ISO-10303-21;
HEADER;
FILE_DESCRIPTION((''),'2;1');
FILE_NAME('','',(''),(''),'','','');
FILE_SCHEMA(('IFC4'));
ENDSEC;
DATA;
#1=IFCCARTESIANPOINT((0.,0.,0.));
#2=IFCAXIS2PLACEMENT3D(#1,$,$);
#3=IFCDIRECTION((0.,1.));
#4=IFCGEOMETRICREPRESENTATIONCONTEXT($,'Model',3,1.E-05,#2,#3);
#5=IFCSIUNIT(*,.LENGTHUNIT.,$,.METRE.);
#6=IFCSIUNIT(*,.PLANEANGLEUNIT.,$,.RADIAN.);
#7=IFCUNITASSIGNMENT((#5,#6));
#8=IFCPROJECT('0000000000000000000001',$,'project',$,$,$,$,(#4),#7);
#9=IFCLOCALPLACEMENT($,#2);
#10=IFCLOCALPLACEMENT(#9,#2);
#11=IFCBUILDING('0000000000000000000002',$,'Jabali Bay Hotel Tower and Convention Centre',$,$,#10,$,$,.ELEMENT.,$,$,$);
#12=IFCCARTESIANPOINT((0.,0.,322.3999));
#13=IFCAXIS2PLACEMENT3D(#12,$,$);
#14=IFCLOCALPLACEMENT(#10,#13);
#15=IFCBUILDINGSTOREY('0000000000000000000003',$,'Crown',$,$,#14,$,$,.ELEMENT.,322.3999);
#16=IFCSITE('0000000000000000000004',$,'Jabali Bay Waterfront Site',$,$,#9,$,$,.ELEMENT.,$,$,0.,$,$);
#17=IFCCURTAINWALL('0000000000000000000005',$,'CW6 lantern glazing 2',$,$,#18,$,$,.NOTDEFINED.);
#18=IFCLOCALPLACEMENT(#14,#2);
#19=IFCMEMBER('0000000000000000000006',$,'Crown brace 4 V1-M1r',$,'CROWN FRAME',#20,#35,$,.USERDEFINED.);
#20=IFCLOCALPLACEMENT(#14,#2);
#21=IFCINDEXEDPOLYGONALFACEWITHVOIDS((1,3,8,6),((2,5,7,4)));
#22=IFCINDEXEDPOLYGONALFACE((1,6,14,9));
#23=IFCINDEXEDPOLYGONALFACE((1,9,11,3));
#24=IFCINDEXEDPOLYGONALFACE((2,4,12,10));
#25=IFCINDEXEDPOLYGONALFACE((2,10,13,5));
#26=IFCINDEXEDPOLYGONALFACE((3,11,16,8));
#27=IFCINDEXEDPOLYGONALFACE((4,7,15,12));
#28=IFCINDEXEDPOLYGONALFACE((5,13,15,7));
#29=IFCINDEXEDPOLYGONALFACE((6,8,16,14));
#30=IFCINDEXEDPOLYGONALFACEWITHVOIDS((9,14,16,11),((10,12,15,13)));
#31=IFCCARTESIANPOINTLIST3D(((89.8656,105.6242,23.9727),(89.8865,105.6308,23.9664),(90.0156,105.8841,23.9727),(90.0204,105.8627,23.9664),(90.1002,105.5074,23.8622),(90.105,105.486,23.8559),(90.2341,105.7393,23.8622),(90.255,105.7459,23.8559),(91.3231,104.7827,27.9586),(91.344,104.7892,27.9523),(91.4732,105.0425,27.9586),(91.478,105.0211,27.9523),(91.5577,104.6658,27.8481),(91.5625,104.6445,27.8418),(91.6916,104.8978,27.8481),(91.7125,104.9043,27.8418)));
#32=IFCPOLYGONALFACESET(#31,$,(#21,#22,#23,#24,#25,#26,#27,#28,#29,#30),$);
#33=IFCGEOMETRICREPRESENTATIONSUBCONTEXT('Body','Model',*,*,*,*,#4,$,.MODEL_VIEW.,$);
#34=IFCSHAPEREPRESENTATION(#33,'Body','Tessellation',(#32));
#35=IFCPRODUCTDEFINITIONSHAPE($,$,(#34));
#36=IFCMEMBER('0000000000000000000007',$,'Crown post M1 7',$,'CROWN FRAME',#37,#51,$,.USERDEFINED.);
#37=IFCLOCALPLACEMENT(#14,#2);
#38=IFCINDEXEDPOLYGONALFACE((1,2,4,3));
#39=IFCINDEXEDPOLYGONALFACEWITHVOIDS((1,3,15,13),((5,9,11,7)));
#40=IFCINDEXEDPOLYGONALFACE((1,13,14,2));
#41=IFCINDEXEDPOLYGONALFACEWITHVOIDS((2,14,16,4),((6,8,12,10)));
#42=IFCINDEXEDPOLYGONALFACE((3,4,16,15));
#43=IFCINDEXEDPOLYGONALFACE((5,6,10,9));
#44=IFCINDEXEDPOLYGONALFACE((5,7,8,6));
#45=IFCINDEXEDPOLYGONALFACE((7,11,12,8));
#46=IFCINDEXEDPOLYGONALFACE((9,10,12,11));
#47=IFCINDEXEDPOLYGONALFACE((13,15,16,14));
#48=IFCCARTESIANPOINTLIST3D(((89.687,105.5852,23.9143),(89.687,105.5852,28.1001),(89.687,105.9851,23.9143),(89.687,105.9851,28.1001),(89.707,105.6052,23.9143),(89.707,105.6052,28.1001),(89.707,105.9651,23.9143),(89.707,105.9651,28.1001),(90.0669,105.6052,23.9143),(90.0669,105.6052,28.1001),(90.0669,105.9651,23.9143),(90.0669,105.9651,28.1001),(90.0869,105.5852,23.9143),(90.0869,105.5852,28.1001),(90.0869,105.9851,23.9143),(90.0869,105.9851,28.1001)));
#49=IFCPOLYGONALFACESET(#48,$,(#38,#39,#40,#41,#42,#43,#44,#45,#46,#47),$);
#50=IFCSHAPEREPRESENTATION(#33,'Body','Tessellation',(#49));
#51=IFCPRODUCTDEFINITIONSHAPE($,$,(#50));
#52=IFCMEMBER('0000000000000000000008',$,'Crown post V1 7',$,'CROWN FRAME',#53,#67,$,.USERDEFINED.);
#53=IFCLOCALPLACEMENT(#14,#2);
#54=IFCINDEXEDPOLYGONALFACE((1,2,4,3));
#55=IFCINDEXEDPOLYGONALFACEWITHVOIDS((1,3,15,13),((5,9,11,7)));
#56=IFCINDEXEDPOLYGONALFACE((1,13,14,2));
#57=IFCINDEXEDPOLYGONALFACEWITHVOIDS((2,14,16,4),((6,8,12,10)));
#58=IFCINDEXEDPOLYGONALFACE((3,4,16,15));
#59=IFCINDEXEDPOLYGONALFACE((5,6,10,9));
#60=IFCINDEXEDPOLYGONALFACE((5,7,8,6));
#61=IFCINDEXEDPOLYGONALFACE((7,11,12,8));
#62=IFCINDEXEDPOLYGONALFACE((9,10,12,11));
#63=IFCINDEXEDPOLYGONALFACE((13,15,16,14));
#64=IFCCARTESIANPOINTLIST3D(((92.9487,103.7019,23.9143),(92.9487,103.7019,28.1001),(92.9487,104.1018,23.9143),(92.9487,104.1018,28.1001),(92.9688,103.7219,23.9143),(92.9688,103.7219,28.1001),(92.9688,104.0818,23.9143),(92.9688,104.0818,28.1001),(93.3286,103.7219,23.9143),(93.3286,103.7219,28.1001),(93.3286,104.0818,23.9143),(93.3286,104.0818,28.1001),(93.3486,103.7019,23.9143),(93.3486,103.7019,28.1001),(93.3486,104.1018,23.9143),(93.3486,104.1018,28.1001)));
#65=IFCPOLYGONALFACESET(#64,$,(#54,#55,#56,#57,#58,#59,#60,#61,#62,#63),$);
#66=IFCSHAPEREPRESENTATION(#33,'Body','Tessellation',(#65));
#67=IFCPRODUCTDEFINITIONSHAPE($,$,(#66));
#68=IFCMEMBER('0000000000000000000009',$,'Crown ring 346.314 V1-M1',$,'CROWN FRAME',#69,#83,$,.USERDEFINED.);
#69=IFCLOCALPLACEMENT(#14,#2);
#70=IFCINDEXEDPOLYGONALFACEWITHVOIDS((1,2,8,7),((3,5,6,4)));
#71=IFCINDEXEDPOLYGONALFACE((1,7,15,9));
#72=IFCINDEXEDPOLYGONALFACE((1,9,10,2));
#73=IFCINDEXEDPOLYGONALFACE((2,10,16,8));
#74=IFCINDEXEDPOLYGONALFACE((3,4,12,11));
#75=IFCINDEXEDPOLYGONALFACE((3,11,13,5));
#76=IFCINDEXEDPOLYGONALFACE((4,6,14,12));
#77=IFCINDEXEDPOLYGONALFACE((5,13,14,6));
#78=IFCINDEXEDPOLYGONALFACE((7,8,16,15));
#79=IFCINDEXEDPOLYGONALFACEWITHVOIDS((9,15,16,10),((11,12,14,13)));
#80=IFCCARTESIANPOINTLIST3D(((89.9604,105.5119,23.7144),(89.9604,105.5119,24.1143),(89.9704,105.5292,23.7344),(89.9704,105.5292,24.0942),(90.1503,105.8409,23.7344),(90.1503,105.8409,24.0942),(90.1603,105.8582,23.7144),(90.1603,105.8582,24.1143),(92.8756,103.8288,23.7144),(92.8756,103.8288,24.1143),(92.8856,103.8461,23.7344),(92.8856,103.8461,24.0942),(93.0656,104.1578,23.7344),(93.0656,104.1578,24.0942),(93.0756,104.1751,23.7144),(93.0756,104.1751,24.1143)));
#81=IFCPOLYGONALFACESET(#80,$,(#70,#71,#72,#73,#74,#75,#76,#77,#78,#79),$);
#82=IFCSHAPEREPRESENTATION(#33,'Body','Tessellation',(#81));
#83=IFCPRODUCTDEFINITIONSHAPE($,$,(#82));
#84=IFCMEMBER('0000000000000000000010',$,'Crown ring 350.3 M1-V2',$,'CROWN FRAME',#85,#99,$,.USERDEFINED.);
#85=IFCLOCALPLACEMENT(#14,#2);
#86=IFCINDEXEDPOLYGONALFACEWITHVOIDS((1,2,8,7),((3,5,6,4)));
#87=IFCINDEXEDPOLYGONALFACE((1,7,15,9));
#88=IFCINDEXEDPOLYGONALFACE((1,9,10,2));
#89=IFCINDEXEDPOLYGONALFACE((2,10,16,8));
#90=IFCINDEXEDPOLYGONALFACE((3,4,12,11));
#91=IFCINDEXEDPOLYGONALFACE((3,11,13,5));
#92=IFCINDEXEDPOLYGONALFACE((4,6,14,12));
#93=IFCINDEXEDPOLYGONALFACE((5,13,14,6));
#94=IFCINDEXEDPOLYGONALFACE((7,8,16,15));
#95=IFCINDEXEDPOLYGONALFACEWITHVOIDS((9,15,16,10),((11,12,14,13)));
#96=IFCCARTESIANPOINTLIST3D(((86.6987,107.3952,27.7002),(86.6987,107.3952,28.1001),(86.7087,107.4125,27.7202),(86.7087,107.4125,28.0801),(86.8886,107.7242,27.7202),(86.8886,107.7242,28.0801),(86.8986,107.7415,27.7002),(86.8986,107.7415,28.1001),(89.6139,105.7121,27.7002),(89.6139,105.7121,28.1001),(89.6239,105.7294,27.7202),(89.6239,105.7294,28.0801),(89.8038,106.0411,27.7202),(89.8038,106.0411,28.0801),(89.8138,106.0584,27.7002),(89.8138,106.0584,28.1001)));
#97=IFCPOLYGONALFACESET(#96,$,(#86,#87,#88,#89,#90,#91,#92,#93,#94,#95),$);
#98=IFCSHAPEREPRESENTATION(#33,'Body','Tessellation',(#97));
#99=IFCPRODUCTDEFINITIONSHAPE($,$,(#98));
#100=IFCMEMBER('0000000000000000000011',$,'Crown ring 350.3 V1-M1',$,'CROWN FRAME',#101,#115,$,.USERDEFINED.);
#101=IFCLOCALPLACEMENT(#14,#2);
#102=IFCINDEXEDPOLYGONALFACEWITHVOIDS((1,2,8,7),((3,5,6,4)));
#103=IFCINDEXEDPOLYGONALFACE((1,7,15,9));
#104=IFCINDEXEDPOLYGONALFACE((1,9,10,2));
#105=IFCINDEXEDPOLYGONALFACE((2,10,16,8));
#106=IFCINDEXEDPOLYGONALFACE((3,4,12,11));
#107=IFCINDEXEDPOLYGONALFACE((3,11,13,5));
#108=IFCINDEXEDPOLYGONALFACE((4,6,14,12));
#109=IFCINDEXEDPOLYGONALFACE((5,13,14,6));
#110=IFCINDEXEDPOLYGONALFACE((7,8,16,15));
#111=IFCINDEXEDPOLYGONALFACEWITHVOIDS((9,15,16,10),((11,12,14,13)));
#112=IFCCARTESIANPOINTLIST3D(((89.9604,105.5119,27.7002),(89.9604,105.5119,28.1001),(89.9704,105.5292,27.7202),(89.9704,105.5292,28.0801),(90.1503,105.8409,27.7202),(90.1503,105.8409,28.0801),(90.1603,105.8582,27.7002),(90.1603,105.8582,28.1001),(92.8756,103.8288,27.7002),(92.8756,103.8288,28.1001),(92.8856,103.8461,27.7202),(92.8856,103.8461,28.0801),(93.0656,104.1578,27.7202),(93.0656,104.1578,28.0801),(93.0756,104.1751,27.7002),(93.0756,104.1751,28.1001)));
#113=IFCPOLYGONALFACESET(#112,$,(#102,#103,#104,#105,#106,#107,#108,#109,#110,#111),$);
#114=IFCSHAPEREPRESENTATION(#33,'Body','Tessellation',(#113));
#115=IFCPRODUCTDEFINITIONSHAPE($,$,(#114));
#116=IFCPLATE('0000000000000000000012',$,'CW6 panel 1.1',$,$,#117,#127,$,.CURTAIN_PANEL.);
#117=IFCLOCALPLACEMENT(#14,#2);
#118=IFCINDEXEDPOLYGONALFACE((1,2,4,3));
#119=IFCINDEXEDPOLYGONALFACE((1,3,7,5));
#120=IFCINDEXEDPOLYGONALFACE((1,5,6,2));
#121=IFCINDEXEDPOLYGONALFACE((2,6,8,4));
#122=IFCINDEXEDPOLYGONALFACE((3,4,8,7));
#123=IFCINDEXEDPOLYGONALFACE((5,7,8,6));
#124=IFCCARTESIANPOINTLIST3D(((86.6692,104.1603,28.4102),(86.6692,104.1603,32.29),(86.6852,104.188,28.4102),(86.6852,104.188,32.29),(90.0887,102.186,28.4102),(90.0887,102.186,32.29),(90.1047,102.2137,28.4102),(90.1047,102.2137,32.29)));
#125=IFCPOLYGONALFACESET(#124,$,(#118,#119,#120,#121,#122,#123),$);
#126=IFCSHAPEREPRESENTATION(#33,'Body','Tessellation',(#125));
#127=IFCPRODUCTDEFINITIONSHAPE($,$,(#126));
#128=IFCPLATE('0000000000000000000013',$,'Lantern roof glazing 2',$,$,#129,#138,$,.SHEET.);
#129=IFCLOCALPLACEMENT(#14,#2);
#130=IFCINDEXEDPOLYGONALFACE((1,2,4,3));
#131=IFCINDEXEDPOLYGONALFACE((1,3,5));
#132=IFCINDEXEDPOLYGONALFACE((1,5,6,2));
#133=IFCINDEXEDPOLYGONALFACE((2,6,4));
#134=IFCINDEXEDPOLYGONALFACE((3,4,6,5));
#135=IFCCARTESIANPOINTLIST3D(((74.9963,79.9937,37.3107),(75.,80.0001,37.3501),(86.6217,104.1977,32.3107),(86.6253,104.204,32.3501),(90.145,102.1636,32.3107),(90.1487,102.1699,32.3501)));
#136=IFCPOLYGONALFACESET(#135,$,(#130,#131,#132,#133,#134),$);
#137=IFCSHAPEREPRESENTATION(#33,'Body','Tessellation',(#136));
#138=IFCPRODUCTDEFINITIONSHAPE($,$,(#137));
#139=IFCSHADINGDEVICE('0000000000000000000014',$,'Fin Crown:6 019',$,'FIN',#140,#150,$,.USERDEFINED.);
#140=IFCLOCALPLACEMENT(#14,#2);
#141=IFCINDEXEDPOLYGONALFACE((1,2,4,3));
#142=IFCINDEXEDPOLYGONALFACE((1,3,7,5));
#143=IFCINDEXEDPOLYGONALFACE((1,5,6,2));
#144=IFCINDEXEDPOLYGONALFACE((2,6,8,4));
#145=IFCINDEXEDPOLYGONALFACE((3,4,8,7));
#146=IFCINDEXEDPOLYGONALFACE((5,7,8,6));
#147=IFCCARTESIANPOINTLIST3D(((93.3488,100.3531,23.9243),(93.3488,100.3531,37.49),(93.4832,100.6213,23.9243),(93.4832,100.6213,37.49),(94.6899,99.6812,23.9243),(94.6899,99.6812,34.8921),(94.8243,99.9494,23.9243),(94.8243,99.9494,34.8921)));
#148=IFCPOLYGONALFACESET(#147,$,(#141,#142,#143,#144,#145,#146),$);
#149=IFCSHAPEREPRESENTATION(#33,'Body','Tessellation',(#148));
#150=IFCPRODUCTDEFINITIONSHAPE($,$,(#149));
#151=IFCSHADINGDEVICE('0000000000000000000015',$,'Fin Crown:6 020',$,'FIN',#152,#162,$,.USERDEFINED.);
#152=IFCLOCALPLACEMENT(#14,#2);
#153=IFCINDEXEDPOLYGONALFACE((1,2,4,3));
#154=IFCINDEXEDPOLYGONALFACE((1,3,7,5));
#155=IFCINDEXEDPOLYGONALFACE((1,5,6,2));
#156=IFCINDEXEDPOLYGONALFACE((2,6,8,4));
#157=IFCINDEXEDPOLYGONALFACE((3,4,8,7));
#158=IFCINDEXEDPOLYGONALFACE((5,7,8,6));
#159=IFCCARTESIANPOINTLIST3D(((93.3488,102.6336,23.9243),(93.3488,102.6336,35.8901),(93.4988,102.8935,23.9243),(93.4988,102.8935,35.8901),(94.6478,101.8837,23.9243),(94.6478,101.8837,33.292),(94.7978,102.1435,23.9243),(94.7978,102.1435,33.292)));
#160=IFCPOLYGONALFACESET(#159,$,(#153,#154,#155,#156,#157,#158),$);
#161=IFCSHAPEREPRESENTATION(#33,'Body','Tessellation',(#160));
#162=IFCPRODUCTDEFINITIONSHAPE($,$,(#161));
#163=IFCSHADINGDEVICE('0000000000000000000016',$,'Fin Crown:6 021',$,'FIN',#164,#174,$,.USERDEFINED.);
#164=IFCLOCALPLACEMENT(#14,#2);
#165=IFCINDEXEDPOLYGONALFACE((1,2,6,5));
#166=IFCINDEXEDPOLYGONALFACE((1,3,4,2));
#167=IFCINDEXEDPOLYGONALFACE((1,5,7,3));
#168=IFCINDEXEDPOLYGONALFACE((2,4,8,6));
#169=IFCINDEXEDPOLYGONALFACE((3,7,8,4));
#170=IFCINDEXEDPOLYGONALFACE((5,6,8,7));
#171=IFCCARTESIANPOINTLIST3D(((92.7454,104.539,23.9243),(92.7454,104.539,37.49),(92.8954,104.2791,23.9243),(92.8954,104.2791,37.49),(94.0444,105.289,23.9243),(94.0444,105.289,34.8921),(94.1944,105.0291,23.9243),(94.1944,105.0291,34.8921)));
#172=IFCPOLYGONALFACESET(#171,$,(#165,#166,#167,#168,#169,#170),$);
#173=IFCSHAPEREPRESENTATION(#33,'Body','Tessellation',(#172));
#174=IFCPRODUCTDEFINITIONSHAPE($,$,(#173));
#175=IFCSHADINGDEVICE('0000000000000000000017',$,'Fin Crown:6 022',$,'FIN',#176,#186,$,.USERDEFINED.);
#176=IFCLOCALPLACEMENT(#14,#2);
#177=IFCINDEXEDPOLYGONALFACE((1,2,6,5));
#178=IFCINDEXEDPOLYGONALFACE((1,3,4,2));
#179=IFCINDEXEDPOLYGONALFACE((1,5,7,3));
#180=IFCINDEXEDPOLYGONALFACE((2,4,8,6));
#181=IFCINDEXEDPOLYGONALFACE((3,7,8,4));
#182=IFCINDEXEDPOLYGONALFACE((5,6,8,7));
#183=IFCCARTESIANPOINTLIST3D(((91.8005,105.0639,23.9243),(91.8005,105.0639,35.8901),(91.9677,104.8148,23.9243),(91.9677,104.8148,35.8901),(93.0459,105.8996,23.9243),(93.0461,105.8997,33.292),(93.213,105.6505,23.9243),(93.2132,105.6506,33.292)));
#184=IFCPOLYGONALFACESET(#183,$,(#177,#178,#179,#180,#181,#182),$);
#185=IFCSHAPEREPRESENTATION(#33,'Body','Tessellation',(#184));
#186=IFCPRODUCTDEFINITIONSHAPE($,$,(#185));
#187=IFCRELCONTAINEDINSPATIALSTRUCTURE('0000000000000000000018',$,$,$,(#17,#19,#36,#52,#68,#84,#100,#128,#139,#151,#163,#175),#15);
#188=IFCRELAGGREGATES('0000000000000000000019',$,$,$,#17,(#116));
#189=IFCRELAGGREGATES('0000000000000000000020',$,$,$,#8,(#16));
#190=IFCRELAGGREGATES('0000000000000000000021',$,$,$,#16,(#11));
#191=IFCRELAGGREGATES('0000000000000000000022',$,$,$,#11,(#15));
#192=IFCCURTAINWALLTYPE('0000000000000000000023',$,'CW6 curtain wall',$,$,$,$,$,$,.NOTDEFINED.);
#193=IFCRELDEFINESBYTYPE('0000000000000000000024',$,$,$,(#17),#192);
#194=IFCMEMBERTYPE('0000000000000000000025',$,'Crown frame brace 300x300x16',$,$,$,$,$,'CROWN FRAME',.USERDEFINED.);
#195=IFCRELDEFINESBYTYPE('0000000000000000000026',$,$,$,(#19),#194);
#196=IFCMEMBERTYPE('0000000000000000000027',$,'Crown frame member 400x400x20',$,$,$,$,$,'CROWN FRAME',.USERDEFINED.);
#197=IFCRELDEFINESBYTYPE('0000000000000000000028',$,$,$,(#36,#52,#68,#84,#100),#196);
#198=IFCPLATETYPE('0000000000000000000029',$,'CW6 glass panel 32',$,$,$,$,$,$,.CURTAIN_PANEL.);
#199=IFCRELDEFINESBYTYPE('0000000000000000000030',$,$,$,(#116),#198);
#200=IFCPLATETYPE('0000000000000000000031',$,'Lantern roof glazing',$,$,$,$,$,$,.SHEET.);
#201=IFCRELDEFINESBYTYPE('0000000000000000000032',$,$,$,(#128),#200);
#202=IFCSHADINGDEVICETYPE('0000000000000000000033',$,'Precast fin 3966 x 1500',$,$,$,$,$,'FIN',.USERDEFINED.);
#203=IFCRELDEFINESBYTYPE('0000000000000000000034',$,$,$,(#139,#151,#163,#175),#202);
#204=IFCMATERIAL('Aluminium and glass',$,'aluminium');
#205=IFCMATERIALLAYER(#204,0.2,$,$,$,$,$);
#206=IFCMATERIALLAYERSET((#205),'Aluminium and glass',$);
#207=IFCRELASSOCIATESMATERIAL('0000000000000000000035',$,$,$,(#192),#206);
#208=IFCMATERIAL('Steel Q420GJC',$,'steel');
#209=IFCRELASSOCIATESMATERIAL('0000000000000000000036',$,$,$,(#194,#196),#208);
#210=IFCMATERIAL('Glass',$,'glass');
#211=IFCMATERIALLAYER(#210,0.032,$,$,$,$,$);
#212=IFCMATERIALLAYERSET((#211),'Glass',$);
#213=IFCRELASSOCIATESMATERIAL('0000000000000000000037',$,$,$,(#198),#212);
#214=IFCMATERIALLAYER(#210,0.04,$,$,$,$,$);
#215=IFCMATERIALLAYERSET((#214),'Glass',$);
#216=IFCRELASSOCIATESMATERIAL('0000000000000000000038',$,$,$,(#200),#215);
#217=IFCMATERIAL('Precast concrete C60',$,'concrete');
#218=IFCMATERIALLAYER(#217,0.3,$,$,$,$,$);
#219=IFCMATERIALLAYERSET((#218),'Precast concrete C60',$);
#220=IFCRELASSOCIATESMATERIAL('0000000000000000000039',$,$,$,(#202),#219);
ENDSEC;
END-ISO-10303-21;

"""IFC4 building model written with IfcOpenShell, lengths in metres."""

from ifc_helpers import new_model, si_unit, direction, frame, origin, origin_2d, place, context, subcontext, project, spatial, polyline, rectangle, hollow_rectangle, outline, extrude, material, layer, layer_set, material_profile, profile_set, type_object, element, aggregate, save


model = new_model("IFC4")

# Units and contexts
model_context = context("Model", 3, precision=1e-05, world=origin(), true_north=direction((0.0, 1.0)))
body_context = subcontext(model_context, "Body", "Model", "MODEL_VIEW")
ifc_project = project(units=[si_unit("LENGTHUNIT", "METRE"), si_unit("PLANEANGLEUNIT", "RADIAN")], contexts=[model_context])

# Site, building, storey
site_placement = place(None, origin())
site = spatial("IfcSite", under=ifc_project, at=site_placement, Name="Jabali Bay Waterfront Site", CompositionType="ELEMENT", RefElevation=0.0)
building_placement = place(site_placement, origin())
building = spatial("IfcBuilding", under=site, at=building_placement, Name="Jabali Bay Hotel Tower and Convention Centre", CompositionType="ELEMENT")
storey_placement = place(building_placement, frame((0.0, 0.0, 322.3999)))
storey = spatial("IfcBuildingStorey", under=building, at=storey_placement, Name="Crown", CompositionType="ELEMENT", Elevation=322.3999)

# Shared definitions
ifc_material_1 = material(Name="Aluminium and glass", Category="aluminium")
ifc_layer_1 = layer(ifc_material_1, 0.2)
ifc_layer_set_1 = layer_set([ifc_layer_1], Name="Aluminium and glass")
curtain_wall_type = type_object("IfcCurtainWallType", Name="CW6 curtain wall", PredefinedType="NOTDEFINED", material=ifc_layer_set_1)

# Curtain wall
curtain_wall_1_placement = place(storey_placement, origin())
curtain_wall_1 = element("IfcCurtainWall", 1, at=curtain_wall_1_placement, inside=storey, type_object=curtain_wall_type, Name="CW6 lantern glazing 2", PredefinedType="NOTDEFINED")

# Members
ifc_material_2 = material(Name="Steel Q420GJC", Category="steel")
ifc_material_profile_1 = material_profile(ifc_material_2, hollow_rectangle(XDim=0.3, YDim=0.3, WallThickness=0.0161, at=origin_2d()), Name="Crown frame brace 300x300x16")
ifc_profile_set_1 = profile_set([ifc_material_profile_1], Name="Steel Q420GJC")
member_type_1 = type_object("IfcMemberType", Name="Crown frame brace 300x300x16", ElementType="CROWN FRAME", PredefinedType="USERDEFINED", material=ifc_profile_set_1)
for number, where, z_axis, x_axis, name in (
    (2, (90.0603, 105.6851, 23.9143), (0.336874, -0.194507, 0.92124), (0.500024, 0.866012, 0.0), "Crown brace 4 V1-M1r"),
):
    element("IfcMember", number, at=place(storey_placement, frame(where, z_axis=z_axis, x_axis=x_axis)), inside=storey, type_object=member_type_1, Name=name, ObjectType="CROWN FRAME", PredefinedType="USERDEFINED", context=body_context, shape_type="SweptSolid", body=[
        extrude(hollow_rectangle(XDim=0.3, YDim=0.3, WallThickness=0.0161, at=origin_2d()), origin(), (0.0, 0.0, 1.0), 4.3267),
    ])
ifc_material_profile_2 = material_profile(ifc_material_2, hollow_rectangle(XDim=0.3999, YDim=0.3999, WallThickness=0.02, at=origin_2d()), Name="Crown frame member 400x400x20")
ifc_profile_set_2 = profile_set([ifc_material_profile_2], Name="Steel Q420GJC")
member_type_2 = type_object("IfcMemberType", Name="Crown frame member 400x400x20", ElementType="CROWN FRAME", PredefinedType="USERDEFINED", material=ifc_profile_set_2)
for number, where, z_axis, x_axis, name in (
    (3, (89.887, 105.7852, 23.9143), (0.0, 0.0, 1.0), (1.0, 0.0, 0.0), "Crown post M1 7"),
    (4, (93.1487, 103.9019, 23.9143), (0.0, 0.0, 1.0), (1.0, 0.0, 0.0), "Crown post V1 7"),
):
    element("IfcMember", number, at=place(storey_placement, frame(where, z_axis=z_axis, x_axis=x_axis)), inside=storey, type_object=member_type_2, Name=name, ObjectType="CROWN FRAME", PredefinedType="USERDEFINED", context=body_context, shape_type="SweptSolid", body=[
        extrude(hollow_rectangle(XDim=0.3999, YDim=0.3999, WallThickness=0.02, at=origin_2d()), origin(), (0.0, 0.0, 1.0), 4.1858),
    ])
for number, where, z_axis, x_axis, name in (
    (5, (92.9756, 104.002, 23.9143), (-0.86603, 0.499992, 0.0), (-0.499992, -0.86603, 0.0), "Crown ring 346.314 V1-M1"),
    (6, (89.7139, 105.8853, 27.9001), (-0.86603, 0.499992, 0.0), (-0.499992, -0.86603, 0.0), "Crown ring 350.3 M1-V2"),
    (7, (92.9756, 104.002, 27.9001), (-0.86603, 0.499992, 0.0), (-0.499992, -0.86603, 0.0), "Crown ring 350.3 V1-M1"),
):
    element("IfcMember", number, at=place(storey_placement, frame(where, z_axis=z_axis, x_axis=x_axis)), inside=storey, type_object=member_type_2, Name=name, ObjectType="CROWN FRAME", PredefinedType="USERDEFINED", context=body_context, shape_type="SweptSolid", body=[
        extrude(hollow_rectangle(XDim=0.3999, YDim=0.3999, WallThickness=0.02, at=origin_2d()), origin(), (0.0, 0.0, 1.0), 3.3662),
    ])

# Plates
ifc_material_3 = material(Name="Glass", Category="glass")
ifc_layer_2 = layer(ifc_material_3, 0.032)
ifc_layer_set_2 = layer_set([ifc_layer_2], Name="Glass")
plate_type_1 = type_object("IfcPlateType", Name="CW6 glass panel 32", PredefinedType="CURTAIN_PANEL", material=ifc_layer_set_2)
plate_1_placement = place(storey_placement, frame((88.387, 103.187, 28.4102), z_axis=(0.0, 0.0, 1.0), x_axis=(-0.866025, 0.5, 0.0)))
plate_1 = element("IfcPlate", 8, at=plate_1_placement, type_object=plate_type_1, Name="CW6 panel 1.1", PredefinedType="CURTAIN_PANEL", context=body_context, shape_type="SweptSolid", body=[
    extrude(rectangle(XDim=3.9485, YDim=0.032, at=origin_2d()), origin(), (0.0, 0.0, 1.0), 3.8799),
])
aggregate(curtain_wall_1, [plate_1])
ifc_layer_3 = layer(ifc_material_3, 0.04)
ifc_layer_set_3 = layer_set([ifc_layer_3], Name="Glass")
plate_type_2 = type_object("IfcPlateType", Name="Lantern roof glazing", PredefinedType="SHEET", material=ifc_layer_set_3)
plate_2_placement = place(storey_placement, frame((90.1487, 102.1699, 32.3501), z_axis=(0.091785, 0.158982, 0.983006), x_axis=(-0.866034, 0.499986, 0.0)))
element("IfcPlate", 9, at=plate_2_placement, inside=storey, type_object=plate_type_2, Name="Lantern roof glazing 2", PredefinedType="SHEET", context=body_context, shape_type="SweptSolid", body=[
    extrude(outline(polyline([(0.0, 0.0), (4.0684, 0.0), (2.0347, 27.2368), (0.0, 0.0)])), origin(), (0.0, 0.0, -1.0), 0.04),
])

# Shading devices
ifc_material_4 = material(Name="Precast concrete C60", Category="concrete")
ifc_layer_4 = layer(ifc_material_4, 0.3)
ifc_layer_set_4 = layer_set([ifc_layer_4], Name="Precast concrete C60")
shading_device_type = type_object("IfcShadingDeviceType", Name="Precast fin 3966 x 1500", ElementType="FIN", PredefinedType="USERDEFINED", material=ifc_layer_set_4)
shading_device_1_placement = place(storey_placement, frame((93.416, 100.4873, 23.9243), z_axis=(0.0, 0.0, 1.0), x_axis=(0.894069, -0.44793, 0.0)))
element("IfcShadingDevice", 10, at=shading_device_1_placement, inside=storey, type_object=shading_device_type, Name="Fin Crown:6 019", ObjectType="FIN", PredefinedType="USERDEFINED", context=body_context, shape_type="SweptSolid", body=[
    extrude(outline(polyline([(0.0, 0.0), (1.5, 0.0), (1.5, 10.9678), (0.0, 13.5657), (0.0, 0.0)])), frame((0.0, 0.1499, 0.0), z_axis=(0.0, -1.0, 0.0), x_axis=(1.0, 0.0, 0.0)), (0.0, 0.0, 1.0), 0.3),
])
shading_device_2_placement = place(storey_placement, frame((93.4238, 102.7637, 23.9243), z_axis=(0.0, 0.0, 1.0), x_axis=(0.866031, -0.49999, 0.0)))
element("IfcShadingDevice", 11, at=shading_device_2_placement, inside=storey, type_object=shading_device_type, Name="Fin Crown:6 020", ObjectType="FIN", PredefinedType="USERDEFINED", context=body_context, shape_type="SweptSolid", body=[
    extrude(outline(polyline([(0.0, 0.0), (1.5, 0.0), (1.5, 9.3677), (0.0, 11.9658), (0.0, 0.0)])), frame((0.0, 0.1499, 0.0), z_axis=(0.0, -1.0, 0.0), x_axis=(1.0, 0.0, 0.0)), (0.0, 0.0, 1.0), 0.3),
])
shading_device_3_placement = place(storey_placement, frame((92.8203, 104.4092, 23.9243), z_axis=(0.0, 0.0, 1.0), x_axis=(0.866031, 0.49999, 0.0)))
element("IfcShadingDevice", 12, at=shading_device_3_placement, inside=storey, type_object=shading_device_type, Name="Fin Crown:6 021", ObjectType="FIN", PredefinedType="USERDEFINED", context=body_context, shape_type="SweptSolid", body=[
    extrude(outline(polyline([(0.0, 0.0), (1.5, 0.0), (1.5, 10.9678), (0.0, 13.5657), (0.0, 0.0)])), frame((0.0, 0.1499, 0.0), z_axis=(0.0, -1.0, 0.0), x_axis=(1.0, 0.0, 0.0)), (0.0, 0.0, 1.0), 0.3),
])
shading_device_4_placement = place(storey_placement, frame((91.884, 104.9395, 23.9243), z_axis=(0.0, 0.0, 1.0), x_axis=(0.830369, 0.557215, 0.0)))
element("IfcShadingDevice", 13, at=shading_device_4_placement, inside=storey, type_object=shading_device_type, Name="Fin Crown:6 022", ObjectType="FIN", PredefinedType="USERDEFINED", context=body_context, shape_type="SweptSolid", body=[
    extrude(outline(polyline([(0.0, 0.0), (1.4998, 0.0), (1.5, 9.3677), (0.0, 11.9658), (0.0, 0.0)])), frame((0.0, 0.1499, 0.0), z_axis=(0.0, -1.0, 0.0), x_axis=(1.0, 0.0, 0.0)), (0.0, 0.0, 1.0), 0.3),
])

save(model, "model.ifc")
